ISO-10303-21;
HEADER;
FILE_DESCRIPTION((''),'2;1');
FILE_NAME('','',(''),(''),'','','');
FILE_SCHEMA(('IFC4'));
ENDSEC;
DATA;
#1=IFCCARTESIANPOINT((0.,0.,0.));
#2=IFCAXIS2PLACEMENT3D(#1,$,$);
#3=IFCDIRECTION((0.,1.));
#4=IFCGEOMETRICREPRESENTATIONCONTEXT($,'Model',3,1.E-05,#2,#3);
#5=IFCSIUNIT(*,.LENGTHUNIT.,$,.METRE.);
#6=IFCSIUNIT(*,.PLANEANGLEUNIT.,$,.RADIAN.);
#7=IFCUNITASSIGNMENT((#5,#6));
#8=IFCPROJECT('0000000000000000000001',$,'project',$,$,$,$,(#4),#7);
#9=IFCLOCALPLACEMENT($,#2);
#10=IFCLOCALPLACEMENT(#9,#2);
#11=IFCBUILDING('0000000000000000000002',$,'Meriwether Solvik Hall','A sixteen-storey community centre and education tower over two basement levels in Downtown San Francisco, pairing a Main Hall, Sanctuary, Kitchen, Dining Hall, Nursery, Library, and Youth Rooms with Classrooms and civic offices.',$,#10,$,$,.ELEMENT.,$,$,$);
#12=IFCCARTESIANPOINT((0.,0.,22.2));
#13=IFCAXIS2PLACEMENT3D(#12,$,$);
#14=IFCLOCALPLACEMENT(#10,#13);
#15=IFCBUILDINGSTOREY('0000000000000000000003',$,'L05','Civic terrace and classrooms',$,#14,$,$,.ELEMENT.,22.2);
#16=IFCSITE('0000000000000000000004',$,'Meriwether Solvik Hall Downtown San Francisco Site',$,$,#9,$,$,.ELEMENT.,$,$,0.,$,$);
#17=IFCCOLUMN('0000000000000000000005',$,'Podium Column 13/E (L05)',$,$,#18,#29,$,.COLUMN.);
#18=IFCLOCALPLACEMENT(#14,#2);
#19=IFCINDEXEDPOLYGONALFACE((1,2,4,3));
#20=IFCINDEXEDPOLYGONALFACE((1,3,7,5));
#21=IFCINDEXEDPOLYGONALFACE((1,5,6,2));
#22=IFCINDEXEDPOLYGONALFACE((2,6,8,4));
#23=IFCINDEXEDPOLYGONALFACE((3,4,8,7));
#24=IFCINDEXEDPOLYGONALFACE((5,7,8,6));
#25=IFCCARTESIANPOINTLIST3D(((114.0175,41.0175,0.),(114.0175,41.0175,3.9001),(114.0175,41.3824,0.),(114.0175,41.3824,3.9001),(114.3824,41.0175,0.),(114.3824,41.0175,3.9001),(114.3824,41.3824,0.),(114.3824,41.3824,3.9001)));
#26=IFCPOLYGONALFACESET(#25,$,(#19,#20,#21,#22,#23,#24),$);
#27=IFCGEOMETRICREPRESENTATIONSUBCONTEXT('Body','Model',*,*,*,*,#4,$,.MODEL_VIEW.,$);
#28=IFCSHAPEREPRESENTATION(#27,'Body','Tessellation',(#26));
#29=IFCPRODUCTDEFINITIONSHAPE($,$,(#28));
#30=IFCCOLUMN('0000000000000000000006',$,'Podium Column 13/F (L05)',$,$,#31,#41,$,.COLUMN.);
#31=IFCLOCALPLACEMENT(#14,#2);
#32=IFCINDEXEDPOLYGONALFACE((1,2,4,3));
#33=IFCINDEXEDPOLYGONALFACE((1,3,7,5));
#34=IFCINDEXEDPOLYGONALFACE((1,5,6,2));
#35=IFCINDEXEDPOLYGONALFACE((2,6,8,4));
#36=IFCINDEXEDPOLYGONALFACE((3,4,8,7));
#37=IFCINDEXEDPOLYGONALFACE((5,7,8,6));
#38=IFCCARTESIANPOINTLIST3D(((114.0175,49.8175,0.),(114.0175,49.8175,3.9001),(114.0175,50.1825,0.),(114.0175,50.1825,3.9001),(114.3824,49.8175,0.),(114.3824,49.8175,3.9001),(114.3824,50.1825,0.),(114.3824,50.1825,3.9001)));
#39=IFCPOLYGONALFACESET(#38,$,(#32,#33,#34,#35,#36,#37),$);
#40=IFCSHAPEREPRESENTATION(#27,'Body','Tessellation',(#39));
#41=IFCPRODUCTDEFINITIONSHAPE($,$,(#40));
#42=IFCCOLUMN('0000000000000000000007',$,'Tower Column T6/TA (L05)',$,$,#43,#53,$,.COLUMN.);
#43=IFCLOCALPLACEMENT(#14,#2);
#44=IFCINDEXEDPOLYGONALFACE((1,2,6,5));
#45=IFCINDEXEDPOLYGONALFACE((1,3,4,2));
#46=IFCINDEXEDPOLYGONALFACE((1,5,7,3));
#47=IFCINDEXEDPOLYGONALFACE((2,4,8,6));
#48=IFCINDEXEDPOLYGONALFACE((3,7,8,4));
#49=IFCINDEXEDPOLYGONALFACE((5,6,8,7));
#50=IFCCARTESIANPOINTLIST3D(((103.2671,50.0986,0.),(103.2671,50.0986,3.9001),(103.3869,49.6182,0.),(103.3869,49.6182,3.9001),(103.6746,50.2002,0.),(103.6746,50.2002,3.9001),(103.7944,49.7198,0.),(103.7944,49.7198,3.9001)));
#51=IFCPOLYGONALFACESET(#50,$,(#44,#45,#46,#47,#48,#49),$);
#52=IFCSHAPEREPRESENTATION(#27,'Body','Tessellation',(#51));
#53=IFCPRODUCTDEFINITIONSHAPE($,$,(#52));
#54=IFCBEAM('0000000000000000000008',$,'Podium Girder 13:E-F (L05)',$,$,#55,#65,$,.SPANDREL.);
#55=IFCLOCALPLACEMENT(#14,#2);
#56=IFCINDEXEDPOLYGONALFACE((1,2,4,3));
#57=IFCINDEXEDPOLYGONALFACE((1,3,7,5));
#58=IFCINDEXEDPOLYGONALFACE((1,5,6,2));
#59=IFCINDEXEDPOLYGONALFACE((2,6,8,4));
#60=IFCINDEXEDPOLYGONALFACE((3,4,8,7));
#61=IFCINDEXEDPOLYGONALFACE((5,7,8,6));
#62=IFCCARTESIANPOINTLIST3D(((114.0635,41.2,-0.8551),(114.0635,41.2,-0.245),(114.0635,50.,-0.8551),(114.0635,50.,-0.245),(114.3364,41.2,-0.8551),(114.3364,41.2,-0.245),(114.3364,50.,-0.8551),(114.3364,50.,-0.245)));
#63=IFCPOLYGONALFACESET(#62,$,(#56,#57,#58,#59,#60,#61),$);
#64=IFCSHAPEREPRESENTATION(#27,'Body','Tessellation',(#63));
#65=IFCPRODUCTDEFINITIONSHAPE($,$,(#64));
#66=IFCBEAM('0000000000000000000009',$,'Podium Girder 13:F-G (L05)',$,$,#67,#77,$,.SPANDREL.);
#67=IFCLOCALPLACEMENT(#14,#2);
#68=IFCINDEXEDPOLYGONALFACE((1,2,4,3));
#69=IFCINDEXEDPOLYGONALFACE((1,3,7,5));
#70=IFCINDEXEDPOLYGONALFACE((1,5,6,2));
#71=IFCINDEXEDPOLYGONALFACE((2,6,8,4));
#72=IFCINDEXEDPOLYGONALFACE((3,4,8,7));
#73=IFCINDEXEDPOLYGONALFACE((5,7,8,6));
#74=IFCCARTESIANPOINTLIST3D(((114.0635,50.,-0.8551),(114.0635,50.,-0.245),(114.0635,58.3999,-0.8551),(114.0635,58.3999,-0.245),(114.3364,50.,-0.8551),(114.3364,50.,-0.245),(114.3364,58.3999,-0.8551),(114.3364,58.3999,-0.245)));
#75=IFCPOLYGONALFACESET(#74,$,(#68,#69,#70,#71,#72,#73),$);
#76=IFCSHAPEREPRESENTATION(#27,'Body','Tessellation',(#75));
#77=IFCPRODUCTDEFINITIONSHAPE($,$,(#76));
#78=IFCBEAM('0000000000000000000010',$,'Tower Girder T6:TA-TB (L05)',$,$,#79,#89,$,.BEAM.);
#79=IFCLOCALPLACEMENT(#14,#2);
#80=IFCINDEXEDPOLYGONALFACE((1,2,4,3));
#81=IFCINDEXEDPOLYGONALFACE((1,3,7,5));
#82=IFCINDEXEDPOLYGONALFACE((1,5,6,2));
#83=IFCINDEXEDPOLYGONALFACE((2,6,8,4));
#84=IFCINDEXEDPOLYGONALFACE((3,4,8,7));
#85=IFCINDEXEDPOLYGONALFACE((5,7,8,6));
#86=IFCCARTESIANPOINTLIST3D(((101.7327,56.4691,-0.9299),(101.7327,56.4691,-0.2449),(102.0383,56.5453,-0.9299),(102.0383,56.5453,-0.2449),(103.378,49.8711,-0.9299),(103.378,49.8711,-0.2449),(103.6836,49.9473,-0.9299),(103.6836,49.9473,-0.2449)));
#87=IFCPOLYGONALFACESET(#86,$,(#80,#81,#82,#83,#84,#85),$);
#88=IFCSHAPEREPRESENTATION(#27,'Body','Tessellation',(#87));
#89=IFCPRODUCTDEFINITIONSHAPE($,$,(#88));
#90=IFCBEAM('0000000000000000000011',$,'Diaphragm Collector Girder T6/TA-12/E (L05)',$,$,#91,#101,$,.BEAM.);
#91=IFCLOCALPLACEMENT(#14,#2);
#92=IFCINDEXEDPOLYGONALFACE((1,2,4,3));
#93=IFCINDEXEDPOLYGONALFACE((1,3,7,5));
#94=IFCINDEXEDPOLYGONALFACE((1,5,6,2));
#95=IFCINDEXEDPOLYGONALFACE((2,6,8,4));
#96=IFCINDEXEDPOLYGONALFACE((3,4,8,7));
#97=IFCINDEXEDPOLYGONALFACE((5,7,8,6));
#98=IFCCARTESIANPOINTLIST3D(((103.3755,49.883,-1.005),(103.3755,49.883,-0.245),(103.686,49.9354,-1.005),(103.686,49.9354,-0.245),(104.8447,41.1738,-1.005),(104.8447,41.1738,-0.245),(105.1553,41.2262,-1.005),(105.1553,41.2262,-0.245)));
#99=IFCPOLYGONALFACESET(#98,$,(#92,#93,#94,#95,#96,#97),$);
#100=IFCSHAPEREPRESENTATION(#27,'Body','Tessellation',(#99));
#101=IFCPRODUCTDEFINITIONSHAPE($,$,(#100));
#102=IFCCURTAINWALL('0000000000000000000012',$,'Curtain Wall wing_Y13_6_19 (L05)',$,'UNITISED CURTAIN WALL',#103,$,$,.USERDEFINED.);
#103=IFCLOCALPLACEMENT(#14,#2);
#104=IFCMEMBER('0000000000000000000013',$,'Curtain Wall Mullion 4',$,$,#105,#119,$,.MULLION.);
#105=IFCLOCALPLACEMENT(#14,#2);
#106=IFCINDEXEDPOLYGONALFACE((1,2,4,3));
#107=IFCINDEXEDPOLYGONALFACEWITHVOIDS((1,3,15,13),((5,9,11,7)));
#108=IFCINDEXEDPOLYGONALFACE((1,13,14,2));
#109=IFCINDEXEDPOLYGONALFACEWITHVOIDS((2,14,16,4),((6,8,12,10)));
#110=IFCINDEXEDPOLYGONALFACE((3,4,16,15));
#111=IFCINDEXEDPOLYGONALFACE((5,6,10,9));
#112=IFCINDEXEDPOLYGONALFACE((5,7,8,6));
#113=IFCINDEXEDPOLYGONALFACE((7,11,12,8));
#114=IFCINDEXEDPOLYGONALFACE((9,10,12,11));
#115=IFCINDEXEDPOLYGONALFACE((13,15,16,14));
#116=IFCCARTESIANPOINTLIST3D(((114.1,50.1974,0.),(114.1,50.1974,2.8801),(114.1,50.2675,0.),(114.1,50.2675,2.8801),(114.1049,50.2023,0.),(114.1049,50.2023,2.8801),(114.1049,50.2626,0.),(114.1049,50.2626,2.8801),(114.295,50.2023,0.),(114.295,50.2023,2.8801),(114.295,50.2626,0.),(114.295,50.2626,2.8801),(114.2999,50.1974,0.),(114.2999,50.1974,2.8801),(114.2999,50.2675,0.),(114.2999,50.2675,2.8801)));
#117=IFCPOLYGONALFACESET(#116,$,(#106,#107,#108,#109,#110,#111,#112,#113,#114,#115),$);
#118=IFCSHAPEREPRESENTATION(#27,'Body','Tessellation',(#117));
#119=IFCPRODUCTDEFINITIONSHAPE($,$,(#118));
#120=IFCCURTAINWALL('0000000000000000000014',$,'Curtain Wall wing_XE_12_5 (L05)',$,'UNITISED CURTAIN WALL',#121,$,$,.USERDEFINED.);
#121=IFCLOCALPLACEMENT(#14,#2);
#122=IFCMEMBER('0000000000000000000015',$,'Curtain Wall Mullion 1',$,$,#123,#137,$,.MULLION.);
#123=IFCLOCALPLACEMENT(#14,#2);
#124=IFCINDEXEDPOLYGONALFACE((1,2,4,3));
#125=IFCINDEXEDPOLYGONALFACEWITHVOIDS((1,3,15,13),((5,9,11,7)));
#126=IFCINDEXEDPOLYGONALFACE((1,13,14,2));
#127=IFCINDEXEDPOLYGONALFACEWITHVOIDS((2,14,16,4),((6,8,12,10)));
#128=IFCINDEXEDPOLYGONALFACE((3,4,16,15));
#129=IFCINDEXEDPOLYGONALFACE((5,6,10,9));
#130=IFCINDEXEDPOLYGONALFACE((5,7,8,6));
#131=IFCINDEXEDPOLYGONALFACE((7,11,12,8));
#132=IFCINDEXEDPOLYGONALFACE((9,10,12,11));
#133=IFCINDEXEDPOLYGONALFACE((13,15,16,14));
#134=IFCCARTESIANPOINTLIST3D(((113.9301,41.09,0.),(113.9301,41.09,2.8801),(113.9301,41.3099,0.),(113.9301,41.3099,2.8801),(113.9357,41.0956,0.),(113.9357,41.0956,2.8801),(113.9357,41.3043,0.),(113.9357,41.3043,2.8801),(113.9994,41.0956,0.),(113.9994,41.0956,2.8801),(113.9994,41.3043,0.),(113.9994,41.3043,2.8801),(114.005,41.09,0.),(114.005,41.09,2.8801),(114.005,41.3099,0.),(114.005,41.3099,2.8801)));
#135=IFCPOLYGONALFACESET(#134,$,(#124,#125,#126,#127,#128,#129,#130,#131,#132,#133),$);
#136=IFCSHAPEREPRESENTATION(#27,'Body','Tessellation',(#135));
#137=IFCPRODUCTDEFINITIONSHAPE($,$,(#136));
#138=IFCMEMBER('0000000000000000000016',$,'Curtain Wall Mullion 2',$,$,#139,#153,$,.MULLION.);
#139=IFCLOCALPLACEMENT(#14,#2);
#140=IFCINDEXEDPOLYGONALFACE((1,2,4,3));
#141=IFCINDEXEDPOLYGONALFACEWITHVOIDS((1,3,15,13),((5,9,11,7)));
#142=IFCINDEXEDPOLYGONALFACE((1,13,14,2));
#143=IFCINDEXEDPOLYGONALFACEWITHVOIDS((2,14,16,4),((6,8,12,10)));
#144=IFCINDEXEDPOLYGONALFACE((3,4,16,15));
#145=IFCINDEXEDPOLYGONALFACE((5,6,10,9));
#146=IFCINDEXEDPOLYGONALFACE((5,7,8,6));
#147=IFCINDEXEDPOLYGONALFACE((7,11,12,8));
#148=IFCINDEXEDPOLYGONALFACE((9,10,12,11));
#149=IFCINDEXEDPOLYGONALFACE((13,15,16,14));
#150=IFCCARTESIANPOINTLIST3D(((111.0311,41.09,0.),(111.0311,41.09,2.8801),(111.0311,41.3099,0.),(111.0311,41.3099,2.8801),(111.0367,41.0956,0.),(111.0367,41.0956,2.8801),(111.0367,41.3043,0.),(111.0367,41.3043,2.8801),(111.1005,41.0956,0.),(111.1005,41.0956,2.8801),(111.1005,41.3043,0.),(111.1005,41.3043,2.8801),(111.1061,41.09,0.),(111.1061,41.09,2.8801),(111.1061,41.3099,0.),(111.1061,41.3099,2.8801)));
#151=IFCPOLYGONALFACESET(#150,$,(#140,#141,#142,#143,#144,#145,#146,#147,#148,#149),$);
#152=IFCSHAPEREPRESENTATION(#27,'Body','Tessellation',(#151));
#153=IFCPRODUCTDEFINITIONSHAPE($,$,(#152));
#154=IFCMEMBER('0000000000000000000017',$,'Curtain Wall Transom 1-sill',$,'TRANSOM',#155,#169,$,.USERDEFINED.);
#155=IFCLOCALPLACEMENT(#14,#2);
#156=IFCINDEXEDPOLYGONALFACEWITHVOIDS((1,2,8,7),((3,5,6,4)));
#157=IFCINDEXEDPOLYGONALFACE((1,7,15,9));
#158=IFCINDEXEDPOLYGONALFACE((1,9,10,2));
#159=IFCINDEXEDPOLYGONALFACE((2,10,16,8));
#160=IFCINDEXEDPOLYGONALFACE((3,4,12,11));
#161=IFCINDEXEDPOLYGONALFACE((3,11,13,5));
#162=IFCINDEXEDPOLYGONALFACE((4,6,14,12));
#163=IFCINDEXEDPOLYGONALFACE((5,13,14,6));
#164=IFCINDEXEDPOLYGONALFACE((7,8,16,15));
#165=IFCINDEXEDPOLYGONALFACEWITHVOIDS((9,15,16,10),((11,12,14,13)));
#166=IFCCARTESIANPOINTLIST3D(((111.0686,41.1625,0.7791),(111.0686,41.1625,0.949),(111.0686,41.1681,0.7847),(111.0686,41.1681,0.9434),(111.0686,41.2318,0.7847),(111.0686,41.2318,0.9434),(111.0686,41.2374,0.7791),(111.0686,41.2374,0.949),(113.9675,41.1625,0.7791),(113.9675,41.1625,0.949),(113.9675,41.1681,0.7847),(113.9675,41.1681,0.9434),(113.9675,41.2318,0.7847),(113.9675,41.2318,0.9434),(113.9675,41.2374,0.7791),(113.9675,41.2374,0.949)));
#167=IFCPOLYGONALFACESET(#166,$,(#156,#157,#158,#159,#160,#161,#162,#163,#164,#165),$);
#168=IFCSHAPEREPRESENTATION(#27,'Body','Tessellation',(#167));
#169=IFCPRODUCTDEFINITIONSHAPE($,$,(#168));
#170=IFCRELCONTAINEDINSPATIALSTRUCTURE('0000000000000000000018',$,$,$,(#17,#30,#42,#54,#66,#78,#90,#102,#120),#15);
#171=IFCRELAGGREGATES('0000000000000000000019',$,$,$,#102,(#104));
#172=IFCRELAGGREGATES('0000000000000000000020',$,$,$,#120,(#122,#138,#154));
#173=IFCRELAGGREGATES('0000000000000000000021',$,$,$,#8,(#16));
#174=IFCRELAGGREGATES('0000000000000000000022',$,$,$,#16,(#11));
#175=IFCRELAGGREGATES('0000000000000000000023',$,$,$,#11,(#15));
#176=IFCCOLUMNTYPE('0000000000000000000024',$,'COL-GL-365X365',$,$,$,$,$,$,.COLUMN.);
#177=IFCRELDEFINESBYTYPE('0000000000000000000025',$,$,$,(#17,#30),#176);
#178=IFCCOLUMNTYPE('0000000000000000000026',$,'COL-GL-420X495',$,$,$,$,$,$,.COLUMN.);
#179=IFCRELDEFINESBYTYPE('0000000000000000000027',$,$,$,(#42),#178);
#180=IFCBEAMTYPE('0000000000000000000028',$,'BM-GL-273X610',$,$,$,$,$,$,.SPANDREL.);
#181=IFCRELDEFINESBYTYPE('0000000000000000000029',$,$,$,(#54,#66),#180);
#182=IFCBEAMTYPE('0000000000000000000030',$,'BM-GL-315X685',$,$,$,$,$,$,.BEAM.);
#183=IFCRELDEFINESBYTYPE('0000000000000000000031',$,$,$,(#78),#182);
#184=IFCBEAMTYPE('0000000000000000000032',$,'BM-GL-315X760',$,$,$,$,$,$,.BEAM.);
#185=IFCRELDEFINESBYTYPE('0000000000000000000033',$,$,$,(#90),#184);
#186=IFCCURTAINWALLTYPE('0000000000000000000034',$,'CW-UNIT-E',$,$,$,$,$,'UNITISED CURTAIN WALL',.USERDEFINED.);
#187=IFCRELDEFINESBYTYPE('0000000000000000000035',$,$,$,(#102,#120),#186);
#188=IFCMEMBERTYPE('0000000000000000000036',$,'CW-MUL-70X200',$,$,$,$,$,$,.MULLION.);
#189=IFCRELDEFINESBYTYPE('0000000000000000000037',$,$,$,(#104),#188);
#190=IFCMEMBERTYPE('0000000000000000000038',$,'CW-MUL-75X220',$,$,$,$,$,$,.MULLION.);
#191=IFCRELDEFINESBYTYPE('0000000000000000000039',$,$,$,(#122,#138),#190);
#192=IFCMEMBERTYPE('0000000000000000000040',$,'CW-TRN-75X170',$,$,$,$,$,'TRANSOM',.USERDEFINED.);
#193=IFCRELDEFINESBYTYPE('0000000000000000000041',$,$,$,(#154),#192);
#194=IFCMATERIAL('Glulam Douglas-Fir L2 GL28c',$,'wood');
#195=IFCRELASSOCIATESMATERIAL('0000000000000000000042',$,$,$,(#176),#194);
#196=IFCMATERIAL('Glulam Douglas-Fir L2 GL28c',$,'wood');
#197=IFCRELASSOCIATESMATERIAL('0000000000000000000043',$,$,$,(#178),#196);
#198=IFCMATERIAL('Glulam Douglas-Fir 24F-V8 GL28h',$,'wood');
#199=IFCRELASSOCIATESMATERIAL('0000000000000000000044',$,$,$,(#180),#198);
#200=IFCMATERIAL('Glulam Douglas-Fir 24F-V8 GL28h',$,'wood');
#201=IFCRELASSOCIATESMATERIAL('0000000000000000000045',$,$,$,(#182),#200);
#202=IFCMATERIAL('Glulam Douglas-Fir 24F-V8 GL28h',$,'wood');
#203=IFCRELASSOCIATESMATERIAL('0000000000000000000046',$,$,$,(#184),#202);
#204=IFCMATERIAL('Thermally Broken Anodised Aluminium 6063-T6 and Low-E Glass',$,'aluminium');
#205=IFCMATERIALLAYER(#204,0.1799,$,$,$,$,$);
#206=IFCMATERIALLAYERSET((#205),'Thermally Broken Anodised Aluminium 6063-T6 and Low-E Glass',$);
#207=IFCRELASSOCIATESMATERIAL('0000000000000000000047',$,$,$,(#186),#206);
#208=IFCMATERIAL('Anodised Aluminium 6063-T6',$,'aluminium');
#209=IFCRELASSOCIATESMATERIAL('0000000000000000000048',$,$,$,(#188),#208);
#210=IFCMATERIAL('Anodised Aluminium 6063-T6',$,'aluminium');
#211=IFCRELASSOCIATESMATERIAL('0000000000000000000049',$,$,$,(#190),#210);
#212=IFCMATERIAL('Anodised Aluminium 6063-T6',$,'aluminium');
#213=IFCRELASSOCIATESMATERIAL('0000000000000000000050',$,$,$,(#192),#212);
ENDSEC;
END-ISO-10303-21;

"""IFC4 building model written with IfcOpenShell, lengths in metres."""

from ifc_helpers import new_model, si_unit, direction, frame, origin, origin_2d, place, context, subcontext, project, spatial, rectangle, hollow_rectangle, extrude, material, layer, layer_set, material_profile, profile_set, type_object, element, aggregate, save


model = new_model("IFC4")

# Units and contexts
model_context = context("Model", 3, precision=1e-05, world=origin(), true_north=direction((0.0, 1.0)))
body_context = subcontext(model_context, "Body", "Model", "MODEL_VIEW")
ifc_project = project(units=[si_unit("LENGTHUNIT", "METRE"), si_unit("PLANEANGLEUNIT", "RADIAN")], contexts=[model_context])

# Site, building, storey
site_placement = place(None, origin())
site = spatial("IfcSite", under=ifc_project, at=site_placement, Name="Meriwether Solvik Hall Downtown San Francisco Site", CompositionType="ELEMENT", RefElevation=0.0)
building_placement = place(site_placement, origin())
building = spatial("IfcBuilding", under=site, at=building_placement, Name="Meriwether Solvik Hall", Description="A sixteen-storey community centre and education tower over two basement levels in Downtown San Francisco, pairing a Main Hall, Sanctuary, Kitchen, Dining Hall, Nursery, Library, and Youth Rooms with Classrooms and civic offices.", CompositionType="ELEMENT")
storey_placement = place(building_placement, frame((0.0, 0.0, 22.2)))
storey = spatial("IfcBuildingStorey", under=building, at=storey_placement, Name="L05", Description="Civic terrace and classrooms", CompositionType="ELEMENT", Elevation=22.2)

# Columns
ifc_material_1 = material(Name="Glulam Douglas-Fir L2 GL28c", Category="wood")
ifc_material_profile_1 = material_profile(ifc_material_1, rectangle(XDim=0.365, YDim=0.365, at=origin_2d()), Name="GLC-365X365")
ifc_profile_set_1 = profile_set([ifc_material_profile_1], Name="Glulam Douglas-Fir L2 GL28c")
column_type_1 = type_object("IfcColumnType", Name="COL-GL-365X365", PredefinedType="COLUMN", material=ifc_profile_set_1)
for number, where, z_axis, x_axis, name in (
    (1, (114.2, 41.2, 0.0), (0.0, 0.0, 1.0), (1.0, 0.0, 0.0), "Podium Column 13/E (L05)"),
    (2, (114.2, 50.0, 0.0), (0.0, 0.0, 1.0), (1.0, 0.0, 0.0), "Podium Column 13/F (L05)"),
):
    element("IfcColumn", number, at=place(storey_placement, frame(where, z_axis=z_axis, x_axis=x_axis)), inside=storey, type_object=column_type_1, Name=name, PredefinedType="COLUMN", context=body_context, shape_type="SweptSolid", body=[
        extrude(rectangle(XDim=0.365, YDim=0.365, at=origin_2d()), origin(), (0.0, 0.0, 1.0), 3.9001),
    ])
ifc_material_2 = material(Name="Glulam Douglas-Fir L2 GL28c", Category="wood")
ifc_material_profile_2 = material_profile(ifc_material_2, rectangle(XDim=0.4199, YDim=0.4951, at=origin_2d()), Name="GLC-420X495")
ifc_profile_set_2 = profile_set([ifc_material_profile_2], Name="Glulam Douglas-Fir L2 GL28c")
column_type_2 = type_object("IfcColumnType", Name="COL-GL-420X495", PredefinedType="COLUMN", material=ifc_profile_set_2)
column_placement = place(storey_placement, frame((103.5308, 49.9092, 0.0), z_axis=(0.0, 0.0, 1.0), x_axis=(0.970296, 0.241922, 0.0)))
element("IfcColumn", 3, at=column_placement, inside=storey, type_object=column_type_2, Name="Tower Column T6/TA (L05)", PredefinedType="COLUMN", context=body_context, shape_type="SweptSolid", body=[
    extrude(rectangle(XDim=0.4199, YDim=0.4951, at=origin_2d()), origin(), (0.0, 0.0, 1.0), 3.9001),
])

# Beams
ifc_material_3 = material(Name="Glulam Douglas-Fir 24F-V8 GL28h", Category="wood")
ifc_material_profile_3 = material_profile(ifc_material_3, rectangle(XDim=0.2729, YDim=0.6101, at=origin_2d()), Name="GLB-273X610")
ifc_profile_set_3 = profile_set([ifc_material_profile_3], Name="Glulam Douglas-Fir 24F-V8 GL28h")
beam_type_1 = type_object("IfcBeamType", Name="BM-GL-273X610", PredefinedType="SPANDREL", material=ifc_profile_set_3)
beam_1_placement = place(storey_placement, frame((114.2, 41.2, -0.55), z_axis=(0.0, 1.0, 0.0), x_axis=(-1.0, 0.0, 0.0)))
element("IfcBeam", 4, at=beam_1_placement, inside=storey, type_object=beam_type_1, Name="Podium Girder 13:E-F (L05)", PredefinedType="SPANDREL", context=body_context, shape_type="SweptSolid", body=[
    extrude(rectangle(XDim=0.2729, YDim=0.6101, at=origin_2d()), origin(), (0.0, 0.0, 1.0), 8.8),
])
beam_2_placement = place(storey_placement, frame((114.2, 50.0, -0.55), z_axis=(0.0, 1.0, 0.0), x_axis=(-1.0, 0.0, 0.0)))
element("IfcBeam", 5, at=beam_2_placement, inside=storey, type_object=beam_type_1, Name="Podium Girder 13:F-G (L05)", PredefinedType="SPANDREL", context=body_context, shape_type="SweptSolid", body=[
    extrude(rectangle(XDim=0.2729, YDim=0.6101, at=origin_2d()), origin(), (0.0, 0.0, 1.0), 8.3999),
])
ifc_material_4 = material(Name="Glulam Douglas-Fir 24F-V8 GL28h", Category="wood")
ifc_material_profile_4 = material_profile(ifc_material_4, rectangle(XDim=0.3149, YDim=0.6851, at=origin_2d()), Name="GLB-315X685")
ifc_profile_set_4 = profile_set([ifc_material_profile_4], Name="Glulam Douglas-Fir 24F-V8 GL28h")
beam_type_2 = type_object("IfcBeamType", Name="BM-GL-315X685", PredefinedType="BEAM", material=ifc_profile_set_4)
beam_3_placement = place(storey_placement, frame((103.5308, 49.9092, -0.5874), z_axis=(-0.241953, 0.970288, 0.0), x_axis=(-0.970288, -0.241953, 0.0)))
element("IfcBeam", 6, at=beam_3_placement, inside=storey, type_object=beam_type_2, Name="Tower Girder T6:TA-TB (L05)", PredefinedType="BEAM", context=body_context, shape_type="SweptSolid", body=[
    extrude(rectangle(XDim=0.3149, YDim=0.6851, at=origin_2d()), origin(), (0.0, 0.0, 1.0), 6.8),
])
ifc_material_5 = material(Name="Glulam Douglas-Fir 24F-V8 GL28h", Category="wood")
ifc_material_profile_5 = material_profile(ifc_material_5, rectangle(XDim=0.3149, YDim=0.76, at=origin_2d()), Name="GLB-315X760")
ifc_profile_set_5 = profile_set([ifc_material_profile_5], Name="Glulam Douglas-Fir 24F-V8 GL28h")
beam_type_3 = type_object("IfcBeamType", Name="BM-GL-315X760", PredefinedType="BEAM", material=ifc_profile_set_5)
beam_4_placement = place(storey_placement, frame((103.5308, 49.9092, -0.625), z_axis=(0.166349, -0.986067, 0.0), x_axis=(0.986067, 0.166349, 0.0)))
element("IfcBeam", 7, at=beam_4_placement, inside=storey, type_object=beam_type_3, Name="Diaphragm Collector Girder T6/TA-12/E (L05)", PredefinedType="BEAM", context=body_context, shape_type="SweptSolid", body=[
    extrude(rectangle(XDim=0.3149, YDim=0.76, at=origin_2d()), origin(), (0.0, 0.0, 1.0), 8.8323),
])

# Curtain wall, member
ifc_material_6 = material(Name="Thermally Broken Anodised Aluminium 6063-T6 and Low-E Glass", Category="aluminium")
ifc_layer_1 = layer(ifc_material_6, 0.1799)
ifc_layer_set_1 = layer_set([ifc_layer_1], Name="Thermally Broken Anodised Aluminium 6063-T6 and Low-E Glass")
curtain_wall_type = type_object("IfcCurtainWallType", Name="CW-UNIT-E", ElementType="UNITISED CURTAIN WALL", PredefinedType="USERDEFINED", material=ifc_layer_set_1)
curtain_wall_1_placement = place(storey_placement, origin())
curtain_wall_1 = element("IfcCurtainWall", 8, at=curtain_wall_1_placement, inside=storey, type_object=curtain_wall_type, Name="Curtain Wall wing_Y13_6_19 (L05)", ObjectType="UNITISED CURTAIN WALL", PredefinedType="USERDEFINED")
ifc_material_7 = material(Name="Anodised Aluminium 6063-T6", Category="aluminium")
ifc_material_profile_6 = material_profile(ifc_material_7, hollow_rectangle(XDim=0.0701, YDim=0.2, WallThickness=0.0049, at=origin_2d()), Name="CWM-70X200")
ifc_profile_set_6 = profile_set([ifc_material_profile_6], Name="Anodised Aluminium 6063-T6")
member_type_1 = type_object("IfcMemberType", Name="CW-MUL-70X200", PredefinedType="MULLION", material=ifc_profile_set_6)
member_1_placement = place(storey_placement, frame((114.2, 50.2324, 0.0), z_axis=(0.0, 0.0, 1.0), x_axis=(0.0, -1.0, 0.0)))
member_1 = element("IfcMember", 9, at=member_1_placement, type_object=member_type_1, Name="Curtain Wall Mullion 4", PredefinedType="MULLION", context=body_context, shape_type="SweptSolid", body=[
    extrude(hollow_rectangle(XDim=0.0701, YDim=0.2, WallThickness=0.0049, at=origin_2d()), origin(), (0.0, 0.0, 1.0), 2.8801),
])
aggregate(curtain_wall_1, [member_1])

# Curtain wall, members
curtain_wall_2_placement = place(storey_placement, origin())
curtain_wall_2 = element("IfcCurtainWall", 10, at=curtain_wall_2_placement, inside=storey, type_object=curtain_wall_type, Name="Curtain Wall wing_XE_12_5 (L05)", ObjectType="UNITISED CURTAIN WALL", PredefinedType="USERDEFINED")
ifc_material_8 = material(Name="Anodised Aluminium 6063-T6", Category="aluminium")
ifc_material_profile_7 = material_profile(ifc_material_8, hollow_rectangle(XDim=0.075, YDim=0.22, WallThickness=0.0056, at=origin_2d()), Name="CWM-75X220")
ifc_profile_set_7 = profile_set([ifc_material_profile_7], Name="Anodised Aluminium 6063-T6")
member_type_2 = type_object("IfcMemberType", Name="CW-MUL-75X220", PredefinedType="MULLION", material=ifc_profile_set_7)
member_2_placement = place(storey_placement, frame((113.9675, 41.2, 0.0), z_axis=(0.0, 0.0, 1.0), x_axis=(-1.0, 0.0, 0.0)))
member_2 = element("IfcMember", 11, at=member_2_placement, type_object=member_type_2, Name="Curtain Wall Mullion 1", PredefinedType="MULLION", context=body_context, shape_type="SweptSolid", body=[
    extrude(hollow_rectangle(XDim=0.075, YDim=0.22, WallThickness=0.0056, at=origin_2d()), origin(), (0.0, 0.0, 1.0), 2.8801),
])
member_3_placement = place(storey_placement, frame((111.0686, 41.2, 0.0), z_axis=(0.0, 0.0, 1.0), x_axis=(-1.0, 0.0, 0.0)))
member_3 = element("IfcMember", 12, at=member_3_placement, type_object=member_type_2, Name="Curtain Wall Mullion 2", PredefinedType="MULLION", context=body_context, shape_type="SweptSolid", body=[
    extrude(hollow_rectangle(XDim=0.075, YDim=0.22, WallThickness=0.0056, at=origin_2d()), origin(), (0.0, 0.0, 1.0), 2.8801),
])
ifc_material_9 = material(Name="Anodised Aluminium 6063-T6", Category="aluminium")
ifc_material_profile_8 = material_profile(ifc_material_9, hollow_rectangle(XDim=0.075, YDim=0.1699, WallThickness=0.0056, at=origin_2d()), Name="CWT-75X170")
ifc_profile_set_8 = profile_set([ifc_material_profile_8], Name="Anodised Aluminium 6063-T6")
member_type_3 = type_object("IfcMemberType", Name="CW-TRN-75X170", ElementType="TRANSOM", PredefinedType="USERDEFINED", material=ifc_profile_set_8)
member_4_placement = place(storey_placement, frame((113.9675, 41.2, 0.864), z_axis=(-1.0, 0.0, 0.0), x_axis=(0.0, -1.0, 0.0)))
member_4 = element("IfcMember", 13, at=member_4_placement, type_object=member_type_3, Name="Curtain Wall Transom 1-sill", ObjectType="TRANSOM", PredefinedType="USERDEFINED", context=body_context, shape_type="SweptSolid", body=[
    extrude(hollow_rectangle(XDim=0.075, YDim=0.1699, WallThickness=0.0056, at=origin_2d()), origin(), (0.0, 0.0, 1.0), 2.8989),
])
aggregate(curtain_wall_2, [member_2, member_3, member_4])

save(model, "model.ifc")
